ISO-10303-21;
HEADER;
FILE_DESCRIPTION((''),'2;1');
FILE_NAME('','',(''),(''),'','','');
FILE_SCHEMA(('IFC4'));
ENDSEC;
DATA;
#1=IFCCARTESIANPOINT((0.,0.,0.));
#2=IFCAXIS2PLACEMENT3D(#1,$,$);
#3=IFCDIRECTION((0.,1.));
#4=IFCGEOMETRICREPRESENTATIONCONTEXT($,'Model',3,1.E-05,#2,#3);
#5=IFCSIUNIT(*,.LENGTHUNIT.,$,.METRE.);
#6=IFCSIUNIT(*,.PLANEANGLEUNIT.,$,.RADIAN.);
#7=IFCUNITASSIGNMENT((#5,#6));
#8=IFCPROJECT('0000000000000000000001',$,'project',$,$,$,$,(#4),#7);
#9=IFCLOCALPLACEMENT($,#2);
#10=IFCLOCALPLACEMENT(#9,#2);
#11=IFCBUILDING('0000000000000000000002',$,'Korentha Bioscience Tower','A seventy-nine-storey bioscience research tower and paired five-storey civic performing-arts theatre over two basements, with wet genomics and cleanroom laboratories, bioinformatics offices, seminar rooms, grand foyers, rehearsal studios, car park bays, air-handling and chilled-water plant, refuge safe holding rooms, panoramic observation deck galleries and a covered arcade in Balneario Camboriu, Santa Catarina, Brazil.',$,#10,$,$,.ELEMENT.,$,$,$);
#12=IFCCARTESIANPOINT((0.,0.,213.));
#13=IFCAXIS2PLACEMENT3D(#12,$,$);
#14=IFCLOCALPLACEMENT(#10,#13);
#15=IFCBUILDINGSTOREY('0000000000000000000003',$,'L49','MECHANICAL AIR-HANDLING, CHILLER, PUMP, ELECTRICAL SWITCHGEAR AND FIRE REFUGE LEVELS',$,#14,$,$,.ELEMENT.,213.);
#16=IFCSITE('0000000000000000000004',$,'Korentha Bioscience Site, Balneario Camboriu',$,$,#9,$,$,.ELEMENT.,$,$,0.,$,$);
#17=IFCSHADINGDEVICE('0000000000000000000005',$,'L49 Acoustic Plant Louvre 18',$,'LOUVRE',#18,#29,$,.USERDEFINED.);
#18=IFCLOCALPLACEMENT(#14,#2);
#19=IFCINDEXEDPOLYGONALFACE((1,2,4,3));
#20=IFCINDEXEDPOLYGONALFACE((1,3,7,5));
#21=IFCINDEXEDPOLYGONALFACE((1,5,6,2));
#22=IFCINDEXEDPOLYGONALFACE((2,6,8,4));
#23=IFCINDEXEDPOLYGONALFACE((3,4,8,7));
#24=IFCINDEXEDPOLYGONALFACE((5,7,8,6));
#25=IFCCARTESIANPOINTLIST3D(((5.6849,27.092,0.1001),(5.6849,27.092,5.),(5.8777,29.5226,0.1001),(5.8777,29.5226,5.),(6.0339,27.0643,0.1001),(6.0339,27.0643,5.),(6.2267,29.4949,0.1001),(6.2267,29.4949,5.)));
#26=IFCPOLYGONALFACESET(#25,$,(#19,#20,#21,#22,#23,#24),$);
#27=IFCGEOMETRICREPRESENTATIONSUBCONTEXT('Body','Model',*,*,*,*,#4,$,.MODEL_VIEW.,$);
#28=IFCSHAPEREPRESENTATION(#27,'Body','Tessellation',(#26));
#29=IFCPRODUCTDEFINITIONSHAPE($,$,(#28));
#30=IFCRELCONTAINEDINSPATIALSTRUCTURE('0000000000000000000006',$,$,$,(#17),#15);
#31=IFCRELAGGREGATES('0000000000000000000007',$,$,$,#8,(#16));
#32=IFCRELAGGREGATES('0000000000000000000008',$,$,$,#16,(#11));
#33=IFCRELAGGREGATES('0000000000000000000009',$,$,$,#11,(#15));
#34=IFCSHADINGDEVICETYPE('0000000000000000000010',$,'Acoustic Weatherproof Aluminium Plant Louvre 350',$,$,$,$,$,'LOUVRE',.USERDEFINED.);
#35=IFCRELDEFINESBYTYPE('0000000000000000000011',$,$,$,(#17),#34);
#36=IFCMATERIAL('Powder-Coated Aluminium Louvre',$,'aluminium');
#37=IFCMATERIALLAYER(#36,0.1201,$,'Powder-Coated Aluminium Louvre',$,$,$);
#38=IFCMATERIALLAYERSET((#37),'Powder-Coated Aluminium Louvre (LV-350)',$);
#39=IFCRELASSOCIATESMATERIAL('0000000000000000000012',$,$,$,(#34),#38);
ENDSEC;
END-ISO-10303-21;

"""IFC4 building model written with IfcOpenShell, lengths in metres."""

from ifc_helpers import new_model, si_unit, direction, frame, origin, origin_2d, place, context, subcontext, project, spatial, rectangle, extrude, material, layer, layer_set, type_object, element, save


model = new_model("IFC4")

# Units and contexts
model_context = context("Model", 3, precision=1e-05, world=origin(), true_north=direction((0.0, 1.0)))
body_context = subcontext(model_context, "Body", "Model", "MODEL_VIEW")
ifc_project = project(units=[si_unit("LENGTHUNIT", "METRE"), si_unit("PLANEANGLEUNIT", "RADIAN")], contexts=[model_context])

# Site, building, storey
site_placement = place(None, origin())
site = spatial("IfcSite", under=ifc_project, at=site_placement, Name="Korentha Bioscience Site, Balneario Camboriu", CompositionType="ELEMENT", RefElevation=0.0)
building_placement = place(site_placement, origin())
building = spatial("IfcBuilding", under=site, at=building_placement, Name="Korentha Bioscience Tower", Description="A seventy-nine-storey bioscience research tower and paired five-storey civic performing-arts theatre over two basements, with wet genomics and cleanroom laboratories, bioinformatics offices, seminar rooms, grand foyers, rehearsal studios, car park bays, air-handling and chilled-water plant, refuge safe holding rooms, panoramic observation deck galleries and a covered arcade in Balneario Camboriu, Santa Catarina, Brazil.", CompositionType="ELEMENT")
storey_placement = place(building_placement, frame((0.0, 0.0, 213.0)))
storey = spatial("IfcBuildingStorey", under=building, at=storey_placement, Name="L49", Description="MECHANICAL AIR-HANDLING, CHILLER, PUMP, ELECTRICAL SWITCHGEAR AND FIRE REFUGE LEVELS", CompositionType="ELEMENT", Elevation=213.0)

# Shading device
ifc_material_1 = material(Name="Powder-Coated Aluminium Louvre", Category="aluminium")
ifc_layer_1 = layer(ifc_material_1, 0.1201, Name="Powder-Coated Aluminium Louvre")
ifc_layer_set_1 = layer_set([ifc_layer_1], Name="Powder-Coated Aluminium Louvre (LV-350)")
shading_device_type = type_object("IfcShadingDeviceType", Name="Acoustic Weatherproof Aluminium Plant Louvre 350", ElementType="LOUVRE", PredefinedType="USERDEFINED", material=ifc_layer_set_1)
shading_device_1_placement = place(storey_placement, frame((5.9558, 28.2935, 0.1001), z_axis=(0.0, 0.0, 1.0), x_axis=(-0.079092, -0.996867, 0.0)))
element("IfcShadingDevice", 1, at=shading_device_1_placement, inside=storey, type_object=shading_device_type, Name="L49 Acoustic Plant Louvre 18", ObjectType="LOUVRE", PredefinedType="USERDEFINED", context=body_context, shape_type="SweptSolid", body=[
    extrude(rectangle(XDim=2.4382, YDim=0.3501, at=origin_2d()), origin(), (0.0, 0.0, 1.0), 4.8999),
])

save(model, "model.ifc")
